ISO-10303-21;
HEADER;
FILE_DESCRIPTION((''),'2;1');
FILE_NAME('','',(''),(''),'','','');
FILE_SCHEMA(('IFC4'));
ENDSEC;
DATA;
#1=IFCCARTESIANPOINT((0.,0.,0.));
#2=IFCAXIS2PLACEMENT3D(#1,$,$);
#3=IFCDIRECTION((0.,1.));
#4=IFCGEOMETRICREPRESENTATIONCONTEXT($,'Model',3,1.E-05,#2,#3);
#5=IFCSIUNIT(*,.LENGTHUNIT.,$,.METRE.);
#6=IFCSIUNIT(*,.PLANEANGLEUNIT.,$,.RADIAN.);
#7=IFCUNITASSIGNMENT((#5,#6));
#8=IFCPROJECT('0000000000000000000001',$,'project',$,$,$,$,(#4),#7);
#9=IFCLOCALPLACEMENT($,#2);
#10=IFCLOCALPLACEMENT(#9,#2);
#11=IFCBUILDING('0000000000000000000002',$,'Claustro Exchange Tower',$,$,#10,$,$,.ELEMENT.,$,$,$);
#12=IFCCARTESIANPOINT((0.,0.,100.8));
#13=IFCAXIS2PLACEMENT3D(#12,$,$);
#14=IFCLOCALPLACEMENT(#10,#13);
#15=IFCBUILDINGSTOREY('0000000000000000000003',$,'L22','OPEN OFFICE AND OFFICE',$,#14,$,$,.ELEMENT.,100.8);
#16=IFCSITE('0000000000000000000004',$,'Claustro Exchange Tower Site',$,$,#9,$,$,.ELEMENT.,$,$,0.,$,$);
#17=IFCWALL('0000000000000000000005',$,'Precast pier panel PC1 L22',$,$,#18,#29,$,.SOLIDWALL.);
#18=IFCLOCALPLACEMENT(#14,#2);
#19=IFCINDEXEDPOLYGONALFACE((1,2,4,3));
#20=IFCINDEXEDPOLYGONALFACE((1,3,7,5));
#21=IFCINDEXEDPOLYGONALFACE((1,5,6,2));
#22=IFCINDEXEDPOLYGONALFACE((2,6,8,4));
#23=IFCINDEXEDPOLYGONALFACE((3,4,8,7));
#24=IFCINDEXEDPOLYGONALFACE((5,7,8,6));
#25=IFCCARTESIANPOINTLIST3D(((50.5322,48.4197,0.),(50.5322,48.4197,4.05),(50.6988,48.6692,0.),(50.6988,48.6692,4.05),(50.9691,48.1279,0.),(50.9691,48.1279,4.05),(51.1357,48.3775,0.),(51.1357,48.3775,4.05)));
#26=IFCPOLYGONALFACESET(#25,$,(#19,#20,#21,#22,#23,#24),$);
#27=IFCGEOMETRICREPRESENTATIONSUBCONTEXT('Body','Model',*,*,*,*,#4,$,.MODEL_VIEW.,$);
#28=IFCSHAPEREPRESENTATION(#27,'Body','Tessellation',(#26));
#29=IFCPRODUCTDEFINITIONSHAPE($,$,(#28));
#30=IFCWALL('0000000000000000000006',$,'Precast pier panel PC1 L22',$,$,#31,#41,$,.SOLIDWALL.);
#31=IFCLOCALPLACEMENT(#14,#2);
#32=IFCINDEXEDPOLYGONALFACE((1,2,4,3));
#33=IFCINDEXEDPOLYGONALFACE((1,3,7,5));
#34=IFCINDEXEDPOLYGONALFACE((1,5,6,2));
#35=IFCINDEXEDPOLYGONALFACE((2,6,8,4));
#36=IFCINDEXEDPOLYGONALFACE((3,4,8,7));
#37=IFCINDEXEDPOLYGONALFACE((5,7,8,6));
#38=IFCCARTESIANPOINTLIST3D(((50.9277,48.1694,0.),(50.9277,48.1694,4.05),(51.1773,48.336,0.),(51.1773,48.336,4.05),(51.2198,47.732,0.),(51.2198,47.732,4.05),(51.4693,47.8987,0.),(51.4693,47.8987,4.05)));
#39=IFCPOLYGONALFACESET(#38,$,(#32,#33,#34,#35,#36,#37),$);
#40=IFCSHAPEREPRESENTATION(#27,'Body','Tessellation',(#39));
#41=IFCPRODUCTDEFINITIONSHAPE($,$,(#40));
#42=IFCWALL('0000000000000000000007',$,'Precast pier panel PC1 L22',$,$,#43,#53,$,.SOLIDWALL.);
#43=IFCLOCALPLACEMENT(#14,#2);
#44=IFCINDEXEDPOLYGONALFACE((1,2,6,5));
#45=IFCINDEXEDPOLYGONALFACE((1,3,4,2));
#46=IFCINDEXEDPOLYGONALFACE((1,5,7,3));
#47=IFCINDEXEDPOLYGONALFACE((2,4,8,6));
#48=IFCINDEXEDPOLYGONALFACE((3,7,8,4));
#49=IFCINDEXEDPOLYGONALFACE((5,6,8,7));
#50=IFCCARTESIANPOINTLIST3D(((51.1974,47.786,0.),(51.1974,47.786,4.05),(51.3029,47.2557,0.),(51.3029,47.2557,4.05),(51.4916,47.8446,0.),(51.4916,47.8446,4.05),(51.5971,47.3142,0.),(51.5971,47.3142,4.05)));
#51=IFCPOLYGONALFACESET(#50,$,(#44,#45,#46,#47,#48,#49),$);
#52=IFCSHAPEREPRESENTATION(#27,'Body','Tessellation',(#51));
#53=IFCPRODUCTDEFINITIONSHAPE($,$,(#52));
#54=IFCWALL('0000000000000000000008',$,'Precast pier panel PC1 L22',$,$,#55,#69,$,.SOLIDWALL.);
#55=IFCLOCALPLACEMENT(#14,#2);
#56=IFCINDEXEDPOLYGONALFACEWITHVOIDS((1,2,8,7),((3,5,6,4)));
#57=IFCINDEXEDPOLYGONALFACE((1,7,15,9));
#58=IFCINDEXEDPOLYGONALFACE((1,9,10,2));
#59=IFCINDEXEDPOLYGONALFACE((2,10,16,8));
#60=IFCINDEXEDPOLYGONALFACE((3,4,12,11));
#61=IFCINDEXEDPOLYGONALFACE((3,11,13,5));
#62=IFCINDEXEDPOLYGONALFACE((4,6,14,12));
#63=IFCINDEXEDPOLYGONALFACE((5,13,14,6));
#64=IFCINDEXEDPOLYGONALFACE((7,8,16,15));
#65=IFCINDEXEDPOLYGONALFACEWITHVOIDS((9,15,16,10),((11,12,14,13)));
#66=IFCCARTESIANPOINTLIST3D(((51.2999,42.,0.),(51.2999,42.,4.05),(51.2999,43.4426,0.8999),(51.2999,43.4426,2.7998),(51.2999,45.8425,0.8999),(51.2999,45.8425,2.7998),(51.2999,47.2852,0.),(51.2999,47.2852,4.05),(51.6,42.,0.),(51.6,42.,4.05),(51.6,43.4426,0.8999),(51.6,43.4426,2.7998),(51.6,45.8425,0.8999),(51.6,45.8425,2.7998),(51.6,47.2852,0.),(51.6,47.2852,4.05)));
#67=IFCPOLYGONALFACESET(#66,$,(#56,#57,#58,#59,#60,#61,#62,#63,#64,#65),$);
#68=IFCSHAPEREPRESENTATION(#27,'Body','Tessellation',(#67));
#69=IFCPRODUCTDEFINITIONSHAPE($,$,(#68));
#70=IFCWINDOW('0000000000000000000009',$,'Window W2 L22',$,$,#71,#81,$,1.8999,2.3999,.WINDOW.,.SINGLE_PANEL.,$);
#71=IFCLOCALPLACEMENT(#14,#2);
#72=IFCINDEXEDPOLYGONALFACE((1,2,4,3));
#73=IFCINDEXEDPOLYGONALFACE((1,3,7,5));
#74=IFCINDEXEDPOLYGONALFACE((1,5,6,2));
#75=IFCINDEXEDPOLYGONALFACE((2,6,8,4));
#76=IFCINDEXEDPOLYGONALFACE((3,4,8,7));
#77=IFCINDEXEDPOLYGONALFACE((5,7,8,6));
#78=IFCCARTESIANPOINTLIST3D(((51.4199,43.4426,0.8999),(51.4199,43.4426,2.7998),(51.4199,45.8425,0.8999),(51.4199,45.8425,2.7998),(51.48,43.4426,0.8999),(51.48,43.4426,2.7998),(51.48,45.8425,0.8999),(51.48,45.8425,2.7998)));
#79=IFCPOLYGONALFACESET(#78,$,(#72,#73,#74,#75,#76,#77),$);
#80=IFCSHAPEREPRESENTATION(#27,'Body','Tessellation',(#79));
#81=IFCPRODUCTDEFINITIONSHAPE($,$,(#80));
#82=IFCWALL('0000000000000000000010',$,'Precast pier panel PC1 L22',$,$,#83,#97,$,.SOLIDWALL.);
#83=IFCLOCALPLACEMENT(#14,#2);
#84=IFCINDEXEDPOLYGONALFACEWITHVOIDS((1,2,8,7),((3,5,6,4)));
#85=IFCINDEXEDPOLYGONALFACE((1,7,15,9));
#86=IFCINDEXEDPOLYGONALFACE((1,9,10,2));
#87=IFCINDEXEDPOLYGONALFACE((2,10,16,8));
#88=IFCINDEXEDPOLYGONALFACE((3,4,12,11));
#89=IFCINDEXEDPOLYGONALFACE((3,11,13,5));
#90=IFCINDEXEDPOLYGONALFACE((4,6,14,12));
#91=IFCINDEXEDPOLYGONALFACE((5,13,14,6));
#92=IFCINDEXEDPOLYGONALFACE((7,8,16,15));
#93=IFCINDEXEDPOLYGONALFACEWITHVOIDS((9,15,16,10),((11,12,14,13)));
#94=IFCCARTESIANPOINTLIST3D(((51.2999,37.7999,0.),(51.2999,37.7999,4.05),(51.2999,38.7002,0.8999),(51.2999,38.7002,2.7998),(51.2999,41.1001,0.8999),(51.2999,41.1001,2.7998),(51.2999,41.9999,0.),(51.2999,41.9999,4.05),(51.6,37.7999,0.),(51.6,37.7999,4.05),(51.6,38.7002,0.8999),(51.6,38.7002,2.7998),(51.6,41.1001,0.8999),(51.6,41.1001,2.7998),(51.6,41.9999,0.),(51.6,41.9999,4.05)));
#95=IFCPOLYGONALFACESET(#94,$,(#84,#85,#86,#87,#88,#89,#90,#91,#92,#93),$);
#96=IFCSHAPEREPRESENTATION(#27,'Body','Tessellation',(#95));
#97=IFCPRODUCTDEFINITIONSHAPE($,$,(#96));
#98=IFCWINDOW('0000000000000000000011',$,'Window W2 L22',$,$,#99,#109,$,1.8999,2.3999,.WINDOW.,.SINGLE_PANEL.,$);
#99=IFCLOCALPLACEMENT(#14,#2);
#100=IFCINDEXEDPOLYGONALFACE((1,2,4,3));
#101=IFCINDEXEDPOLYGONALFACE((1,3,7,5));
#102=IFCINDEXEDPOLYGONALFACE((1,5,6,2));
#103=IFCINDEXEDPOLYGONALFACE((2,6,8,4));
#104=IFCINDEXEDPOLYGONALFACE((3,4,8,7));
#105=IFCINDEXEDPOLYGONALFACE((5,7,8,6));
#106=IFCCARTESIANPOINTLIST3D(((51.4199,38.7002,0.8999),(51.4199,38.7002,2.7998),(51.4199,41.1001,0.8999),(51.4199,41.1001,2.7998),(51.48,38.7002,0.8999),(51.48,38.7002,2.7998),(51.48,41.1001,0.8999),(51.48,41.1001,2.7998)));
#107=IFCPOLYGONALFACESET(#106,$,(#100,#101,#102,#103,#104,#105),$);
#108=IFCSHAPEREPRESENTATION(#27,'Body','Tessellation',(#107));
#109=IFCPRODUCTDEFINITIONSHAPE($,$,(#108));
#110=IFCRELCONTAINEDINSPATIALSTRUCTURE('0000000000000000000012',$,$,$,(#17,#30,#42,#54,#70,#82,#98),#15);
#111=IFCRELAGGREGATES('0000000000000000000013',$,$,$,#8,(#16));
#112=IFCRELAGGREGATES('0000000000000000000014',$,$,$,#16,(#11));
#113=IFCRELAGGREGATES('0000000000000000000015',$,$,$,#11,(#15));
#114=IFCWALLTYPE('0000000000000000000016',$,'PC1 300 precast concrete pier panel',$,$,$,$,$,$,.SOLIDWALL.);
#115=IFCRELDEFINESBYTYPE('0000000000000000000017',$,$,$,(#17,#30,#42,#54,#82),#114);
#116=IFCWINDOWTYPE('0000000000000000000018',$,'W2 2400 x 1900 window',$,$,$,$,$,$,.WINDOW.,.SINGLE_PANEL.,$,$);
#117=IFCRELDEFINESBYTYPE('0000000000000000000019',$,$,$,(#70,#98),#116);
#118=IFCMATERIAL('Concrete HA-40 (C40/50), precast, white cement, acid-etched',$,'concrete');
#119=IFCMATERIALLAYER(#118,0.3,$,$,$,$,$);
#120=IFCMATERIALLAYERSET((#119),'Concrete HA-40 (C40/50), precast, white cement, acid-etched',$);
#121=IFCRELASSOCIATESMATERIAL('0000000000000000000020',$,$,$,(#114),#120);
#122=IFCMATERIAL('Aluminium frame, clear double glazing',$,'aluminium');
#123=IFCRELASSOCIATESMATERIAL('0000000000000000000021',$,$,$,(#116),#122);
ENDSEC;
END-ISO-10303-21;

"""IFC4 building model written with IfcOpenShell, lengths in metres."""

from ifc_helpers import new_model, si_unit, direction, frame, frame_2d, origin, place, context, subcontext, project, spatial, rectangle, extrude, material, layer, layer_set, type_object, element, fill, save


model = new_model("IFC4")

# Units and contexts
model_context = context("Model", 3, precision=1e-05, world=origin(), true_north=direction((0.0, 1.0)))
body_context = subcontext(model_context, "Body", "Model", "MODEL_VIEW")
ifc_project = project(units=[si_unit("LENGTHUNIT", "METRE"), si_unit("PLANEANGLEUNIT", "RADIAN")], contexts=[model_context])

# Site, building, storey
site_placement = place(None, origin())
site = spatial("IfcSite", under=ifc_project, at=site_placement, Name="Claustro Exchange Tower Site", CompositionType="ELEMENT", RefElevation=0.0)
building_placement = place(site_placement, origin())
building = spatial("IfcBuilding", under=site, at=building_placement, Name="Claustro Exchange Tower", CompositionType="ELEMENT")
storey_placement = place(building_placement, frame((0.0, 0.0, 100.8)))
storey = spatial("IfcBuildingStorey", under=building, at=storey_placement, Name="L22", Description="OPEN OFFICE AND OFFICE", CompositionType="ELEMENT", Elevation=100.8)

# Shared definitions
ifc_material_1 = material(Name="Concrete HA-40 (C40/50), precast, white cement, acid-etched", Category="concrete")
ifc_layer_1 = layer(ifc_material_1, 0.3)
ifc_layer_set_1 = layer_set([ifc_layer_1], Name="Concrete HA-40 (C40/50), precast, white cement, acid-etched")
wall_type_1 = type_object("IfcWallType", Name="PC1 300 precast concrete pier panel", PredefinedType="SOLIDWALL", material=ifc_layer_set_1)

# Walls
wall_1_placement = place(storey_placement, frame((50.6155, 48.5444, 0.0), z_axis=(0.0, 0.0, 1.0), x_axis=(0.831693, -0.555236, 0.0)))
element("IfcWall", 1, at=wall_1_placement, inside=storey, type_object=wall_type_1, Name="Precast pier panel PC1 L22", PredefinedType="SOLIDWALL", context=body_context, shape_type="SweptSolid", body=[
    extrude(rectangle(XDim=0.5254, YDim=0.3, at=frame_2d((0.2627, 0.0))), origin(), (0.0, 0.0, 1.0), 4.05),
])
wall_2_placement = place(storey_placement, frame((51.0525, 48.2527, 0.0), z_axis=(0.0, 0.0, 1.0), x_axis=(0.555343, -0.831621, 0.0)))
element("IfcWall", 2, at=wall_2_placement, inside=storey, type_object=wall_type_1, Name="Precast pier panel PC1 L22", PredefinedType="SOLIDWALL", context=body_context, shape_type="SweptSolid", body=[
    extrude(rectangle(XDim=0.5259, YDim=0.3, at=frame_2d((0.2629, 0.0))), origin(), (0.0, 0.0, 1.0), 4.05),
])
wall_3_placement = place(storey_placement, frame((51.3445, 47.8154, 0.0), z_axis=(0.0, 0.0, 1.0), x_axis=(0.195074, -0.980789, 0.0)))
element("IfcWall", 3, at=wall_3_placement, inside=storey, type_object=wall_type_1, Name="Precast pier panel PC1 L22", PredefinedType="SOLIDWALL", context=body_context, shape_type="SweptSolid", body=[
    extrude(rectangle(XDim=0.5408, YDim=0.3, at=frame_2d((0.2705, 0.0))), origin(), (0.0, 0.0, 1.0), 4.05),
])

# Walls, openings, windows
wall_4_placement = place(storey_placement, frame((51.45, 47.2852, 0.0), z_axis=(0.0, 0.0, 1.0), x_axis=(0.0, -1.0, 0.0)))
wall_4 = element("IfcWall", 4, at=wall_4_placement, inside=storey, type_object=wall_type_1, Name="Precast pier panel PC1 L22", PredefinedType="SOLIDWALL", context=body_context, shape_type="SweptSolid", body=[
    extrude(rectangle(XDim=5.2852, YDim=0.3, at=frame_2d((2.6426, 0.0))), origin(), (0.0, 0.0, 1.0), 4.05),
])
opening_1_placement = place(wall_4_placement, frame((1.4426, 0.0, 0.8999)))
opening_1 = element("IfcOpeningElement", 5, at=opening_1_placement, cuts=wall_4, PredefinedType="OPENING", context=body_context, shape_type="SweptSolid", body=[
    extrude(rectangle(XDim=2.3999, YDim=1.8999, at=frame_2d((1.2, 0.95))), frame((0.0, 0.1599, 0.0), z_axis=(0.0, -1.0, 0.0), x_axis=(1.0, 0.0, 0.0)), (0.0, 0.0, 1.0), 0.3201),
])
ifc_material_2 = material(Name="Aluminium frame, clear double glazing", Category="aluminium")
window_type_1 = type_object("IfcWindowType", Name="W2 2400 x 1900 window", PartitioningType="SINGLE_PANEL", PredefinedType="WINDOW", material=ifc_material_2)
window_1_placement = place(opening_1_placement, origin())
window_1 = element("IfcWindow", 6, at=window_1_placement, inside=storey, type_object=window_type_1, Name="Window W2 L22", OverallHeight=1.8999, OverallWidth=2.3999, PartitioningType="SINGLE_PANEL", PredefinedType="WINDOW", context=body_context, shape_type="SweptSolid", body=[
    extrude(rectangle(XDim=2.3999, YDim=1.8999, at=frame_2d((1.2, 0.95))), frame((0.0, 0.03, 0.0), z_axis=(0.0, -1.0, 0.0), x_axis=(1.0, 0.0, 0.0)), (0.0, 0.0, 1.0), 0.0601),
])
fill(opening_1, window_1)
wall_5_placement = place(storey_placement, frame((51.45, 42.0, 0.0), z_axis=(0.0, 0.0, 1.0), x_axis=(0.0, -1.0, 0.0)))
wall_5 = element("IfcWall", 7, at=wall_5_placement, inside=storey, type_object=wall_type_1, Name="Precast pier panel PC1 L22", PredefinedType="SOLIDWALL", context=body_context, shape_type="SweptSolid", body=[
    extrude(rectangle(XDim=4.2, YDim=0.3, at=frame_2d((2.1001, 0.0))), origin(), (0.0, 0.0, 1.0), 4.05),
])
opening_2_placement = place(wall_5_placement, frame((0.8999, 0.0, 0.8999)))
opening_2 = element("IfcOpeningElement", 8, at=opening_2_placement, cuts=wall_5, PredefinedType="OPENING", context=body_context, shape_type="SweptSolid", body=[
    extrude(rectangle(XDim=2.3999, YDim=1.8999, at=frame_2d((1.2, 0.95))), frame((0.0, 0.1599, 0.0), z_axis=(0.0, -1.0, 0.0), x_axis=(1.0, 0.0, 0.0)), (0.0, 0.0, 1.0), 0.3201),
])
window_2_placement = place(opening_2_placement, origin())
window_2 = element("IfcWindow", 9, at=window_2_placement, inside=storey, type_object=window_type_1, Name="Window W2 L22", OverallHeight=1.8999, OverallWidth=2.3999, PartitioningType="SINGLE_PANEL", PredefinedType="WINDOW", context=body_context, shape_type="SweptSolid", body=[
    extrude(rectangle(XDim=2.3999, YDim=1.8999, at=frame_2d((1.2, 0.95))), frame((0.0, 0.03, 0.0), z_axis=(0.0, -1.0, 0.0), x_axis=(1.0, 0.0, 0.0)), (0.0, 0.0, 1.0), 0.0601),
])
fill(opening_2, window_2)

save(model, "model.ifc")
